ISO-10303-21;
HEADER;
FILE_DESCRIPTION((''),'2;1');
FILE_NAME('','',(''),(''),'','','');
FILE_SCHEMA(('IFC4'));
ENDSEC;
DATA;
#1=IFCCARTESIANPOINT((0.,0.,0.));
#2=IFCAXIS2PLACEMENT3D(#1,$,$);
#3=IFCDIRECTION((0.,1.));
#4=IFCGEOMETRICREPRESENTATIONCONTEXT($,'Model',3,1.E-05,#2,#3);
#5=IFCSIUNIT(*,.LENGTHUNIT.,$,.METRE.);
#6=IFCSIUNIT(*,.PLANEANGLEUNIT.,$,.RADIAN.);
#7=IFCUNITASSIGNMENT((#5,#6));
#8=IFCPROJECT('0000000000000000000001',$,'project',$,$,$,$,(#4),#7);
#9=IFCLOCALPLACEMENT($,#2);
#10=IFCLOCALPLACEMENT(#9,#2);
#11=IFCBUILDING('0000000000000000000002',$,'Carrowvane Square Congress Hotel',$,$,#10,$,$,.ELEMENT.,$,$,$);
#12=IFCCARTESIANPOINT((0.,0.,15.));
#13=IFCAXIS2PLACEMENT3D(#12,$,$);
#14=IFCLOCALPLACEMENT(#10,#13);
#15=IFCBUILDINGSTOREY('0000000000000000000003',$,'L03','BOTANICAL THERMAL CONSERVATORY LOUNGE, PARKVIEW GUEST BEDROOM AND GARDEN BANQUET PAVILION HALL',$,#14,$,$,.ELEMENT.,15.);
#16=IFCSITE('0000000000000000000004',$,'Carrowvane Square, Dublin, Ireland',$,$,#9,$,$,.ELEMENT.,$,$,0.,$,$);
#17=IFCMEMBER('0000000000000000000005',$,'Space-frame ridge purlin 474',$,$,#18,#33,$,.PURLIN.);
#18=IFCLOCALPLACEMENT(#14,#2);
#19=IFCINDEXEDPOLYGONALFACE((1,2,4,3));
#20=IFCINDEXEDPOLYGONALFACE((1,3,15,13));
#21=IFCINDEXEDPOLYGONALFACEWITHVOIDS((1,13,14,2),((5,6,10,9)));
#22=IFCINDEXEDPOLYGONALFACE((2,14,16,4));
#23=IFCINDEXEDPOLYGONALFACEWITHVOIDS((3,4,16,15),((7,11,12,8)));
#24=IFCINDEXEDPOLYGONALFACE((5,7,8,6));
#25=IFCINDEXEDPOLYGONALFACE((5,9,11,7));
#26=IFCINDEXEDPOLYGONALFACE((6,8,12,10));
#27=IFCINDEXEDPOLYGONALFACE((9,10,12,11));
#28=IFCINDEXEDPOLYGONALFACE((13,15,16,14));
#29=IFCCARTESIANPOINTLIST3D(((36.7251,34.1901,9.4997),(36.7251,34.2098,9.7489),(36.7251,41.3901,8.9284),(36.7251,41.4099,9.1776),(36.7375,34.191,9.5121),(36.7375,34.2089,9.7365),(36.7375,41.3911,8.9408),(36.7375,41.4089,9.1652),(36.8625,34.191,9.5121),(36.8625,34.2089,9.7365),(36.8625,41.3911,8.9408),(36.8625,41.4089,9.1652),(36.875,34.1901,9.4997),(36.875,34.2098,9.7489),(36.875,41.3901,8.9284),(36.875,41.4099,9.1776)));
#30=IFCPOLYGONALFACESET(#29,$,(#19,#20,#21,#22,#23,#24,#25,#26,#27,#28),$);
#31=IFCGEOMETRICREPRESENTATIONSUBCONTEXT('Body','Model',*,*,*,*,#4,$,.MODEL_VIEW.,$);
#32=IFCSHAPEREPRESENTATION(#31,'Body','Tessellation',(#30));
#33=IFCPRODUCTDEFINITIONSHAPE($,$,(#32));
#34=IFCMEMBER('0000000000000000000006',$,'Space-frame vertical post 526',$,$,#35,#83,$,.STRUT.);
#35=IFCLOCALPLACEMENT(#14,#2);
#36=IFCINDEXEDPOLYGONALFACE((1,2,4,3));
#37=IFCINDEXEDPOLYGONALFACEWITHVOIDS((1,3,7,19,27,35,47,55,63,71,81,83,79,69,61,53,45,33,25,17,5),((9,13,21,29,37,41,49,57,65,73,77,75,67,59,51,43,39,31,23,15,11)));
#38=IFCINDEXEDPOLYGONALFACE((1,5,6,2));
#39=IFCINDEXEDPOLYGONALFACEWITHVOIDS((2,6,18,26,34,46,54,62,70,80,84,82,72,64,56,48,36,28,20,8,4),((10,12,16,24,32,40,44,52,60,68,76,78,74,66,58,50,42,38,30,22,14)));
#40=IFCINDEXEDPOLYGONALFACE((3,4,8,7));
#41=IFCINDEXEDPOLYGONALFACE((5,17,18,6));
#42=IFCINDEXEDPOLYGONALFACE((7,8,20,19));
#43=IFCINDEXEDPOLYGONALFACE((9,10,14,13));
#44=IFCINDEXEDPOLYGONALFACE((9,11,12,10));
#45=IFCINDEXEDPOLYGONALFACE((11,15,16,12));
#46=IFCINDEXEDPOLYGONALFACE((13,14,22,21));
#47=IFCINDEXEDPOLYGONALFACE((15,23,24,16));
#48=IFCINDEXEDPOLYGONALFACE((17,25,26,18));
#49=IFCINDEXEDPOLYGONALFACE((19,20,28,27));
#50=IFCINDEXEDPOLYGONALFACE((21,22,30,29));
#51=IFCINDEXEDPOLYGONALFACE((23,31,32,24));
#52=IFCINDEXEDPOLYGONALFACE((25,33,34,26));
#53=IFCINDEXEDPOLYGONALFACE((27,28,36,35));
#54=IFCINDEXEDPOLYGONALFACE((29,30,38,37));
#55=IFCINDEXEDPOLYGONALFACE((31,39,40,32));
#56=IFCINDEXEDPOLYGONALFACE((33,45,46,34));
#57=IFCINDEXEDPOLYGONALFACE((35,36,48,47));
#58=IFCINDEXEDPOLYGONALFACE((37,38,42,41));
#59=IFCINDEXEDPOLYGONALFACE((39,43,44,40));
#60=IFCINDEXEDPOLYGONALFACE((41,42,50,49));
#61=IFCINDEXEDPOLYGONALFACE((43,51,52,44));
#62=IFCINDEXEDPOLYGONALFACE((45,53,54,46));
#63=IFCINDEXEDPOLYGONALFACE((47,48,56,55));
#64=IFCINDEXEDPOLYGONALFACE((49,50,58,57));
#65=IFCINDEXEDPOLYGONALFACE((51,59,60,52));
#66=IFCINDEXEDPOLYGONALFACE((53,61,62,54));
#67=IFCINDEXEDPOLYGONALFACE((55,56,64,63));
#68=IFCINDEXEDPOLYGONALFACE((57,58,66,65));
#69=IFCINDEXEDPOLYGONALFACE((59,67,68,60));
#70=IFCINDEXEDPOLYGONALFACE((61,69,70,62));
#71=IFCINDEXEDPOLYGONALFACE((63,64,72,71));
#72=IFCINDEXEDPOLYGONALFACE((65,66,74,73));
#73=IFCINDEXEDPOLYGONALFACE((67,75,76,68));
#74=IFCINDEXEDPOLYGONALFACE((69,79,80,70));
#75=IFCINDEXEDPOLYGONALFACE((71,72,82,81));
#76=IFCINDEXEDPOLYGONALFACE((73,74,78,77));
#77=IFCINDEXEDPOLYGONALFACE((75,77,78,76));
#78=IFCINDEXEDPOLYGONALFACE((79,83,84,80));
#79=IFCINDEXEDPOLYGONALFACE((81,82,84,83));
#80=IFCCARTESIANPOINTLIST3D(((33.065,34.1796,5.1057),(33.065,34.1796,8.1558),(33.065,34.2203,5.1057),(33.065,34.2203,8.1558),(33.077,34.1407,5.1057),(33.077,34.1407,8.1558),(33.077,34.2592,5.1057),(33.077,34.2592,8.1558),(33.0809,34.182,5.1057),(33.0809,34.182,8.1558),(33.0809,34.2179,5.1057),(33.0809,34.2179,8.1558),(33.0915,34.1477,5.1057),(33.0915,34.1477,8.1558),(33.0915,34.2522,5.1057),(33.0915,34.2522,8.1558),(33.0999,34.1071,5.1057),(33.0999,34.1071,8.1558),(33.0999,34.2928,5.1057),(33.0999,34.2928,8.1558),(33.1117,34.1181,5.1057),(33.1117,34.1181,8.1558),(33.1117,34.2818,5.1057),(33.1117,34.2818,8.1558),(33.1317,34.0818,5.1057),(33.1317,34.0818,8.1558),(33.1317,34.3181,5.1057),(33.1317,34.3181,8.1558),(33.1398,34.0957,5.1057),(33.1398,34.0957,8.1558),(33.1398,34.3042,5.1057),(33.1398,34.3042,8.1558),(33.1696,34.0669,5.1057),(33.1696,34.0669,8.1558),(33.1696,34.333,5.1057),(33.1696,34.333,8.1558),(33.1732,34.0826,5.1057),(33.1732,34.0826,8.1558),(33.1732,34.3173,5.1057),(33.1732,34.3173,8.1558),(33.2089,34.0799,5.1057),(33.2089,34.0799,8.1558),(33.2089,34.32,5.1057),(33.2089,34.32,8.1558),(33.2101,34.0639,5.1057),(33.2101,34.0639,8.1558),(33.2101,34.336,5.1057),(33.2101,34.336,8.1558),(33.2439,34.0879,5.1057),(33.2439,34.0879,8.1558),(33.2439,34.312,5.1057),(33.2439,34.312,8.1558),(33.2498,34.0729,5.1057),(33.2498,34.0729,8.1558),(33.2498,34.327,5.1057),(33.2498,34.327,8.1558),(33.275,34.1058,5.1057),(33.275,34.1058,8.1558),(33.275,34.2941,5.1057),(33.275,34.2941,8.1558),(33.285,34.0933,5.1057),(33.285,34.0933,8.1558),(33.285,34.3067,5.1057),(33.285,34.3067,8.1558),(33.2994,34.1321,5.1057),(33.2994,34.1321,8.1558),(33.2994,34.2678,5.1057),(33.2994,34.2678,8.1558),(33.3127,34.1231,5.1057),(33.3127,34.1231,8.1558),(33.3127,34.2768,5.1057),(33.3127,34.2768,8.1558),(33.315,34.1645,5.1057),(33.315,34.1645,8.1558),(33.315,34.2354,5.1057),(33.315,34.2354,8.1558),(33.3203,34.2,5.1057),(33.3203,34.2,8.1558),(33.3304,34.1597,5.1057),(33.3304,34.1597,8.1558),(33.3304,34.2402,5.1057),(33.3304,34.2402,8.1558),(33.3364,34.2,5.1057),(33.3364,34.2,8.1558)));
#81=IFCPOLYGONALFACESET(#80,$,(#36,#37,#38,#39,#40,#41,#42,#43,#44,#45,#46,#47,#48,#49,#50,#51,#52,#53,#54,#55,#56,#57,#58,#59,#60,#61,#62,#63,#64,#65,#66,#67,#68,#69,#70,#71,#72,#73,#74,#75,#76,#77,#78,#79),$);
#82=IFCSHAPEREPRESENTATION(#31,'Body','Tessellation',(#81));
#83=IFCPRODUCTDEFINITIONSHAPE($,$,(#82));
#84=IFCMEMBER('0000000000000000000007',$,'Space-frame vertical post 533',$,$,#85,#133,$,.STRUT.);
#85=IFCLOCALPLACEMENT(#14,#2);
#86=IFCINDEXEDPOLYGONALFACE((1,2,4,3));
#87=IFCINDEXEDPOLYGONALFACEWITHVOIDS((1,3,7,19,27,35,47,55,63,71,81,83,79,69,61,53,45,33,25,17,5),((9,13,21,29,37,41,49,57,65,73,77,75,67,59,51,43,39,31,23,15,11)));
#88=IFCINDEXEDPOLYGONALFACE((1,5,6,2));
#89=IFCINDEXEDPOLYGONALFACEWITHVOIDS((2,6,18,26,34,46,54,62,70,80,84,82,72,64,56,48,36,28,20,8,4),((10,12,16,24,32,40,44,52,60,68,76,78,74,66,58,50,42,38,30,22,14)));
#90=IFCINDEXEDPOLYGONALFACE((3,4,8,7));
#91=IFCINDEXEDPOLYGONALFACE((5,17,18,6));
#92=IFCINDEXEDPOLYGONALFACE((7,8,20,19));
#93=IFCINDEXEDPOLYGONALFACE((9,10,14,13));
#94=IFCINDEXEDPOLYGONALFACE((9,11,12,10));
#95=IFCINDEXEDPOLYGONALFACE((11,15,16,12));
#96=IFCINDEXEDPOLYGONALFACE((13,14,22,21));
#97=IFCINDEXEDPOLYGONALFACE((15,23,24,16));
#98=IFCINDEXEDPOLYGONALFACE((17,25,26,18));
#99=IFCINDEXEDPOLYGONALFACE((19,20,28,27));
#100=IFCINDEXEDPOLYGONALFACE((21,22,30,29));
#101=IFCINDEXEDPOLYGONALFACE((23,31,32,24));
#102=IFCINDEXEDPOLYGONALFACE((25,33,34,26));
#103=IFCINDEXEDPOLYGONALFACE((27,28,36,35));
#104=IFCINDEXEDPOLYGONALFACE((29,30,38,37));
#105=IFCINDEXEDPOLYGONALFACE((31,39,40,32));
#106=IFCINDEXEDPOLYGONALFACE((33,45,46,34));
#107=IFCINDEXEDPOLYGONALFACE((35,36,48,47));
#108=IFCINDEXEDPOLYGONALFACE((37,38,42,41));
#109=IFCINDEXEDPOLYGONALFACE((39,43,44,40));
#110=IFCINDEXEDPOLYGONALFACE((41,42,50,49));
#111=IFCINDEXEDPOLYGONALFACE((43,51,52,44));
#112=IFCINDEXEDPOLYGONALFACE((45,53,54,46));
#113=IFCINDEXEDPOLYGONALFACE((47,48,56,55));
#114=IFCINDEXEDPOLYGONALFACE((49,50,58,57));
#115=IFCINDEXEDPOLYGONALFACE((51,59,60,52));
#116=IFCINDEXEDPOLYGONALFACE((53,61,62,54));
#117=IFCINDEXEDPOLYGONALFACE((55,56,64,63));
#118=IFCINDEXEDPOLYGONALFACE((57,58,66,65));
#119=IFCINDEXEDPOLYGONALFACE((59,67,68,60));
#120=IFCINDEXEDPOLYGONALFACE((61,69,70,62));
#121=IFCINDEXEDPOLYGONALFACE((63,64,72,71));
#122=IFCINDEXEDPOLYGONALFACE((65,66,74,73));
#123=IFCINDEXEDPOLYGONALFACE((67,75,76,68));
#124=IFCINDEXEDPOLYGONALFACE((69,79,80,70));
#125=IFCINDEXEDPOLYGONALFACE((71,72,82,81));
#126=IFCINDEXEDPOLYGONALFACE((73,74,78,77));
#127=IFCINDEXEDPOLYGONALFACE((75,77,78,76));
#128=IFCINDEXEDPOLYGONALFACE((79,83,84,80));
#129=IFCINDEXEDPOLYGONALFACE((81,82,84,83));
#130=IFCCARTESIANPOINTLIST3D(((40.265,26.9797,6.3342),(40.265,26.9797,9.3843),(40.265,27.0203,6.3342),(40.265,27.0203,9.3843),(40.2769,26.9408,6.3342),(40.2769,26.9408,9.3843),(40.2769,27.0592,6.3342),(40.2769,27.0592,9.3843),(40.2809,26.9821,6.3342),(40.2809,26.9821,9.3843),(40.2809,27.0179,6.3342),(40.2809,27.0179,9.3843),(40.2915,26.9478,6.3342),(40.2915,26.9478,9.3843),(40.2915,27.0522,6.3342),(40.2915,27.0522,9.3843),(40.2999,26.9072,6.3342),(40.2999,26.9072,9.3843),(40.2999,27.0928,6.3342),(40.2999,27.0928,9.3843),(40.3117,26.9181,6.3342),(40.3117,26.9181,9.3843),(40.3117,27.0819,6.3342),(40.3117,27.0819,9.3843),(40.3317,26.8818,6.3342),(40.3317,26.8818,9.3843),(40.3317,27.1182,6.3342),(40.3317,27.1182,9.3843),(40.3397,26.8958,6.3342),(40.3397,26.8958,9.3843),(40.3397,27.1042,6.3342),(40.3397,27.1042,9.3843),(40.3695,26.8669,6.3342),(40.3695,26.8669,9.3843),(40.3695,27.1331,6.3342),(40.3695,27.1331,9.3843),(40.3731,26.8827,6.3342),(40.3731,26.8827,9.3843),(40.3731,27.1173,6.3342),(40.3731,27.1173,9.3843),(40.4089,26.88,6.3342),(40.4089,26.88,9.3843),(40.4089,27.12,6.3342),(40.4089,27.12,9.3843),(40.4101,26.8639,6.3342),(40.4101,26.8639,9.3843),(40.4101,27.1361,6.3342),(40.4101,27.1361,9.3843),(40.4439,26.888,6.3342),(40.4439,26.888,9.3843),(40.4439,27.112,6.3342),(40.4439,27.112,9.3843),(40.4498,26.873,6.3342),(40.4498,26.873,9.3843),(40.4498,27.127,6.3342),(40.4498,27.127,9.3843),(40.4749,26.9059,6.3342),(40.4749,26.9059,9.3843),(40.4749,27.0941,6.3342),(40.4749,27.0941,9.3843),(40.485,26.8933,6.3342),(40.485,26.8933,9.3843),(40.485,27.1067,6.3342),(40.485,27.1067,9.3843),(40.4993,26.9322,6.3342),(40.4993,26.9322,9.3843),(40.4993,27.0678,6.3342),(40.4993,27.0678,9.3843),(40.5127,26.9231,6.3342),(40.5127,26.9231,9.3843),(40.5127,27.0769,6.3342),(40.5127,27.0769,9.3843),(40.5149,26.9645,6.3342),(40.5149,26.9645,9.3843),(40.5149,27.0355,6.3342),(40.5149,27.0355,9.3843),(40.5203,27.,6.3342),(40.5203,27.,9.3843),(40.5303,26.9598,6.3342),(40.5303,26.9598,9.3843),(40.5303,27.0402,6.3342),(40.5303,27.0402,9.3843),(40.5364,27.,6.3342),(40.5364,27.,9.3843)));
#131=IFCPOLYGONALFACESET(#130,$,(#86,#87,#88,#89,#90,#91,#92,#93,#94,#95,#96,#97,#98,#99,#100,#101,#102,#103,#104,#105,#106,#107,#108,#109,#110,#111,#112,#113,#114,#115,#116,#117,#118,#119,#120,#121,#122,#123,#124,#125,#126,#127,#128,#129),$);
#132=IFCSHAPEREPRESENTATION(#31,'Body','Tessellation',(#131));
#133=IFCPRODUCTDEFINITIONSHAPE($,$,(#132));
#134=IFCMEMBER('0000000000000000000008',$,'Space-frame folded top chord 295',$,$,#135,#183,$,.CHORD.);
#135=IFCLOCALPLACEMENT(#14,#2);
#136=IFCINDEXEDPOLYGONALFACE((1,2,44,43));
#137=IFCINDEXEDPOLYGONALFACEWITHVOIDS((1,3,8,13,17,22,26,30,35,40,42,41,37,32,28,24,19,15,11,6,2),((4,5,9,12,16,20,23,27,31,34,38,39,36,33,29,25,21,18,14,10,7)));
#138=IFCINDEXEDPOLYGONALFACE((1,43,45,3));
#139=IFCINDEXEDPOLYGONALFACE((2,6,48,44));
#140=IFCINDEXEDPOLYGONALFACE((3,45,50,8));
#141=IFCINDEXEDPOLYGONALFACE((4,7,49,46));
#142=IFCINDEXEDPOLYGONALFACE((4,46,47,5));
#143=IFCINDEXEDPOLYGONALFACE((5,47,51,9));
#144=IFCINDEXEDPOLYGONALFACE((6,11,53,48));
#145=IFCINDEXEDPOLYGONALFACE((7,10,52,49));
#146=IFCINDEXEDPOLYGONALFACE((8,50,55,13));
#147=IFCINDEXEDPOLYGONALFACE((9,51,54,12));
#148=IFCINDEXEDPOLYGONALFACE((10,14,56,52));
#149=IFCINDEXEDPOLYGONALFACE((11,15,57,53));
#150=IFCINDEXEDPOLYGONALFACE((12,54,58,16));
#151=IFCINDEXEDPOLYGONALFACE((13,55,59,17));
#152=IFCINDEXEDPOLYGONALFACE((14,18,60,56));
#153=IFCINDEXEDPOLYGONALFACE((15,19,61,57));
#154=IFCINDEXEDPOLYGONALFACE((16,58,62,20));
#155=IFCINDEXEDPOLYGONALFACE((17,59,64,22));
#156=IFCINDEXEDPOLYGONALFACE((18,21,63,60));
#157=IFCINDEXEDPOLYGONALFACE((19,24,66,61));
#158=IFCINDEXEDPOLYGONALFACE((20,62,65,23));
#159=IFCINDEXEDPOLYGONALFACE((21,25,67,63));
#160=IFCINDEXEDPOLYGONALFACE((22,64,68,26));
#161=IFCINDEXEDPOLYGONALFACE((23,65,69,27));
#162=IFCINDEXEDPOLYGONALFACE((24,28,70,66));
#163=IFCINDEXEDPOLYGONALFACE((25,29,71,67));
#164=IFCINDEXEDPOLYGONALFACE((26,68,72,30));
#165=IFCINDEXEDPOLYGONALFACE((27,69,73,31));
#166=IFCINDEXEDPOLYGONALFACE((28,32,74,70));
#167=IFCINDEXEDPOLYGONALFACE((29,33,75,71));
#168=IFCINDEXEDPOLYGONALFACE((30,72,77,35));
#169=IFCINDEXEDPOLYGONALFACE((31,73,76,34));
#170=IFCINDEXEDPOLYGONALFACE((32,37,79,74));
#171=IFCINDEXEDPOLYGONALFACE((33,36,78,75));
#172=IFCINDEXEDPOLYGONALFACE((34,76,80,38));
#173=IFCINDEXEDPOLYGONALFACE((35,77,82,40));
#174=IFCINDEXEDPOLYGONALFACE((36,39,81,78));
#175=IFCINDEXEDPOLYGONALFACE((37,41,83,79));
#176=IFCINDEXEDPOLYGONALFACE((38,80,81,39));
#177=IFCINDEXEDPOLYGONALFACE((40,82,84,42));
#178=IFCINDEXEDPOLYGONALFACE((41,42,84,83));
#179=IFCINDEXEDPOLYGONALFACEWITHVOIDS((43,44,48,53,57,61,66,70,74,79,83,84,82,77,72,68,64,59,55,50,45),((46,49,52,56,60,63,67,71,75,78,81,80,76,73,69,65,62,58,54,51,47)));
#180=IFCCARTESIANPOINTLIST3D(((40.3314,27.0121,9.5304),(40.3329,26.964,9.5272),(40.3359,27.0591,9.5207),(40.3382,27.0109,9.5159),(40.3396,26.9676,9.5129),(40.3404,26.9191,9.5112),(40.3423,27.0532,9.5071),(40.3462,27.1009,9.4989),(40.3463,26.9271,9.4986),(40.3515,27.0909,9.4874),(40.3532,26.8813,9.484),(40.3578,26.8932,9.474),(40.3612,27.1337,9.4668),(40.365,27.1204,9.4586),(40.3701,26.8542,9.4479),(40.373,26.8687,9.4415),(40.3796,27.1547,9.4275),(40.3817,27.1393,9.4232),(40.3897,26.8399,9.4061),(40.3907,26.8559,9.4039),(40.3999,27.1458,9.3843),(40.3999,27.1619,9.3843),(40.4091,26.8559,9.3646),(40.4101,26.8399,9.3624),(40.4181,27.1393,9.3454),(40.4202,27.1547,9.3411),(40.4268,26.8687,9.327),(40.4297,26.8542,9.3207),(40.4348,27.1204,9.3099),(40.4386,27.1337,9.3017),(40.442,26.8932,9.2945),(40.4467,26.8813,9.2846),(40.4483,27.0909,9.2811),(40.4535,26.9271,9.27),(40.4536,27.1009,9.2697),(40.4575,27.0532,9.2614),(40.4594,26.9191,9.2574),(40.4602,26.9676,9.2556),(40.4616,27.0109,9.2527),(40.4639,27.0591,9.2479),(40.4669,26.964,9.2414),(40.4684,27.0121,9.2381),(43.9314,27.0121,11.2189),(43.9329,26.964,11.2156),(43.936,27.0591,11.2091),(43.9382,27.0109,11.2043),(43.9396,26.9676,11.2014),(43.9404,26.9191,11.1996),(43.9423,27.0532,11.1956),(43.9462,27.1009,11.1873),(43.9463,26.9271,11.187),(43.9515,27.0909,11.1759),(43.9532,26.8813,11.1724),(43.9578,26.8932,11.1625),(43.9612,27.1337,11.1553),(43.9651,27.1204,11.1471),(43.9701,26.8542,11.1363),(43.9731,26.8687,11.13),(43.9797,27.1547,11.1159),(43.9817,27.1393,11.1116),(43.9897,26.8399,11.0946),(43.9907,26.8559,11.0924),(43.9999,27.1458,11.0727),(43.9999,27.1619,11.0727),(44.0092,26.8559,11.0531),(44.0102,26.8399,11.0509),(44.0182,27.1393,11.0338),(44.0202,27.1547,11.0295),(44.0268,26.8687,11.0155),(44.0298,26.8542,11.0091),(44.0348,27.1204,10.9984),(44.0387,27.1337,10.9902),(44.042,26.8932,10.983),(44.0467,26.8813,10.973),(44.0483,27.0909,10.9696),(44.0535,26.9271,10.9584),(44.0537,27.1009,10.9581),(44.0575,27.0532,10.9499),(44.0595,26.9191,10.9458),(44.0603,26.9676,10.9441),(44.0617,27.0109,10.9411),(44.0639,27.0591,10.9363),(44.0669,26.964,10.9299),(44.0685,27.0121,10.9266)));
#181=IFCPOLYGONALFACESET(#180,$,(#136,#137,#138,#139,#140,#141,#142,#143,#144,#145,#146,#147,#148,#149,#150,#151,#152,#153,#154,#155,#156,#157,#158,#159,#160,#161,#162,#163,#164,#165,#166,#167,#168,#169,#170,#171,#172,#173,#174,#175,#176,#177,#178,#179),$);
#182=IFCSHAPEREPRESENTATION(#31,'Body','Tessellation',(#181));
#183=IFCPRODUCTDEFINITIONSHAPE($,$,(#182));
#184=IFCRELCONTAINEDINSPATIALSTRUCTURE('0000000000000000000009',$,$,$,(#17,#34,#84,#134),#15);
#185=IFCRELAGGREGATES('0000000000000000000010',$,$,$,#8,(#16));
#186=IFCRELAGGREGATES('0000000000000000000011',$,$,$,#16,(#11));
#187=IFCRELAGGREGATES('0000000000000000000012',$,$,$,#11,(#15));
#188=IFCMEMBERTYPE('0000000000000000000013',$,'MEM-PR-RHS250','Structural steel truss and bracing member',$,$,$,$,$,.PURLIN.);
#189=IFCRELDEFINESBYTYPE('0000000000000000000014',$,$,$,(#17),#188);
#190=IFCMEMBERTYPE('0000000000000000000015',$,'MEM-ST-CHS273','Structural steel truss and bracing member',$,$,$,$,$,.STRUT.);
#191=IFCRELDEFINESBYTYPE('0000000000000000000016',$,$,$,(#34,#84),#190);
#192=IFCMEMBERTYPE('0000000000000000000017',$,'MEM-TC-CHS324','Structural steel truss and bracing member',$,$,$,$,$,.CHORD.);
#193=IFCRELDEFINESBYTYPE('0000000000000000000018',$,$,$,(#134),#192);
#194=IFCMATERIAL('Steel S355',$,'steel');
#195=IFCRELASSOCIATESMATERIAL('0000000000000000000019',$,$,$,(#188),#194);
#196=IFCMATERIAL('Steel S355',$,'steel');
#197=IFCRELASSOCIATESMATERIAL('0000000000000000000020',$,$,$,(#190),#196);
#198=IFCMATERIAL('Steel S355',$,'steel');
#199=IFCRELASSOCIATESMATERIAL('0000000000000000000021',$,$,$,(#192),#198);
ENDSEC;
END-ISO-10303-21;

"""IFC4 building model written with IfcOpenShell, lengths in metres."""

from ifc_helpers import new_model, si_unit, direction, frame, origin, origin_2d, place, context, subcontext, project, spatial, hollow_rectangle, hollow_circle, extrude, material, material_profile, profile_set, type_object, element, save


model = new_model("IFC4")

# Units and contexts
model_context = context("Model", 3, precision=1e-05, world=origin(), true_north=direction((0.0, 1.0)))
body_context = subcontext(model_context, "Body", "Model", "MODEL_VIEW")
ifc_project = project(units=[si_unit("LENGTHUNIT", "METRE"), si_unit("PLANEANGLEUNIT", "RADIAN")], contexts=[model_context])

# Site, building, storey
site_placement = place(None, origin())
site = spatial("IfcSite", under=ifc_project, at=site_placement, Name="Carrowvane Square, Dublin, Ireland", CompositionType="ELEMENT", RefElevation=0.0)
building_placement = place(site_placement, origin())
building = spatial("IfcBuilding", under=site, at=building_placement, Name="Carrowvane Square Congress Hotel", CompositionType="ELEMENT")
storey_placement = place(building_placement, frame((0.0, 0.0, 15.0)))
storey = spatial("IfcBuildingStorey", under=building, at=storey_placement, Name="L03", Description="BOTANICAL THERMAL CONSERVATORY LOUNGE, PARKVIEW GUEST BEDROOM AND GARDEN BANQUET PAVILION HALL", CompositionType="ELEMENT", Elevation=15.0)

# Members
ifc_material_1 = material(Name="Steel S355", Category="steel")
ifc_material_profile_1 = material_profile(ifc_material_1, hollow_rectangle(XDim=0.1499, YDim=0.25, WallThickness=0.0125, at=origin_2d()), Name="RHS 250x150x12.5")
ifc_profile_set_1 = profile_set([ifc_material_profile_1], Name="Steel S355")
member_type_1 = type_object("IfcMemberType", Name="MEM-PR-RHS250", Description="Structural steel truss and bracing member", PredefinedType="PURLIN", material=ifc_profile_set_1)
member_1_placement = place(storey_placement, frame((36.8, 34.2, 9.6243), z_axis=(0.0, 0.996867, -0.079098), x_axis=(-1.0, 0.0, 0.0)))
element("IfcMember", 1, at=member_1_placement, inside=storey, type_object=member_type_1, Name="Space-frame ridge purlin 474", PredefinedType="PURLIN", context=body_context, shape_type="SweptSolid", body=[
    extrude(hollow_rectangle(XDim=0.1499, YDim=0.25, WallThickness=0.0125, at=origin_2d()), origin(), (0.0, 0.0, 1.0), 7.2227),
])
ifc_material_2 = material(Name="Steel S355", Category="steel")
ifc_material_profile_2 = material_profile(ifc_material_2, hollow_circle(Radius=0.1365, WallThickness=0.0161, at=origin_2d()), Name="CHS 273.0x16")
ifc_profile_set_2 = profile_set([ifc_material_profile_2], Name="Steel S355")
member_type_2 = type_object("IfcMemberType", Name="MEM-ST-CHS273", Description="Structural steel truss and bracing member", PredefinedType="STRUT", material=ifc_profile_set_2)
for number, where, z_axis, x_axis, name in (
    (2, (33.2, 34.2, 5.1057), (0.0, 0.0, 1.0), (1.0, 0.0, 0.0), "Space-frame vertical post 526"),
    (3, (40.3999, 27.0, 6.3342), (0.0, 0.0, 1.0), (1.0, 0.0, 0.0), "Space-frame vertical post 533"),
):
    element("IfcMember", number, at=place(storey_placement, frame(where, z_axis=z_axis, x_axis=x_axis)), inside=storey, type_object=member_type_2, Name=name, PredefinedType="STRUT", context=body_context, shape_type="SweptSolid", body=[
        extrude(hollow_circle(Radius=0.1365, WallThickness=0.0161, at=origin_2d()), origin(), (0.0, 0.0, 1.0), 3.05),
    ])
ifc_material_3 = material(Name="Steel S355", Category="steel")
ifc_material_profile_3 = material_profile(ifc_material_3, hollow_circle(Radius=0.1619, WallThickness=0.0161, at=origin_2d()), Name="CHS 323.9x16")
ifc_profile_set_3 = profile_set([ifc_material_profile_3], Name="Steel S355")
member_type_3 = type_object("IfcMemberType", Name="MEM-TC-CHS324", Description="Structural steel truss and bracing member", PredefinedType="CHORD", material=ifc_profile_set_3)
for number, where, z_axis, x_axis, name in (
    (4, (40.3999, 27.0, 9.3843), (0.905369, 0.0, 0.424626), (0.0, 1.0, 0.0), "Space-frame folded top chord 295"),
):
    element("IfcMember", number, at=place(storey_placement, frame(where, z_axis=z_axis, x_axis=x_axis)), inside=storey, type_object=member_type_3, Name=name, PredefinedType="CHORD", context=body_context, shape_type="SweptSolid", body=[
        extrude(hollow_circle(Radius=0.1619, WallThickness=0.0161, at=origin_2d()), origin(), (0.0, 0.0, 1.0), 3.9763),
    ])

save(model, "model.ifc")
